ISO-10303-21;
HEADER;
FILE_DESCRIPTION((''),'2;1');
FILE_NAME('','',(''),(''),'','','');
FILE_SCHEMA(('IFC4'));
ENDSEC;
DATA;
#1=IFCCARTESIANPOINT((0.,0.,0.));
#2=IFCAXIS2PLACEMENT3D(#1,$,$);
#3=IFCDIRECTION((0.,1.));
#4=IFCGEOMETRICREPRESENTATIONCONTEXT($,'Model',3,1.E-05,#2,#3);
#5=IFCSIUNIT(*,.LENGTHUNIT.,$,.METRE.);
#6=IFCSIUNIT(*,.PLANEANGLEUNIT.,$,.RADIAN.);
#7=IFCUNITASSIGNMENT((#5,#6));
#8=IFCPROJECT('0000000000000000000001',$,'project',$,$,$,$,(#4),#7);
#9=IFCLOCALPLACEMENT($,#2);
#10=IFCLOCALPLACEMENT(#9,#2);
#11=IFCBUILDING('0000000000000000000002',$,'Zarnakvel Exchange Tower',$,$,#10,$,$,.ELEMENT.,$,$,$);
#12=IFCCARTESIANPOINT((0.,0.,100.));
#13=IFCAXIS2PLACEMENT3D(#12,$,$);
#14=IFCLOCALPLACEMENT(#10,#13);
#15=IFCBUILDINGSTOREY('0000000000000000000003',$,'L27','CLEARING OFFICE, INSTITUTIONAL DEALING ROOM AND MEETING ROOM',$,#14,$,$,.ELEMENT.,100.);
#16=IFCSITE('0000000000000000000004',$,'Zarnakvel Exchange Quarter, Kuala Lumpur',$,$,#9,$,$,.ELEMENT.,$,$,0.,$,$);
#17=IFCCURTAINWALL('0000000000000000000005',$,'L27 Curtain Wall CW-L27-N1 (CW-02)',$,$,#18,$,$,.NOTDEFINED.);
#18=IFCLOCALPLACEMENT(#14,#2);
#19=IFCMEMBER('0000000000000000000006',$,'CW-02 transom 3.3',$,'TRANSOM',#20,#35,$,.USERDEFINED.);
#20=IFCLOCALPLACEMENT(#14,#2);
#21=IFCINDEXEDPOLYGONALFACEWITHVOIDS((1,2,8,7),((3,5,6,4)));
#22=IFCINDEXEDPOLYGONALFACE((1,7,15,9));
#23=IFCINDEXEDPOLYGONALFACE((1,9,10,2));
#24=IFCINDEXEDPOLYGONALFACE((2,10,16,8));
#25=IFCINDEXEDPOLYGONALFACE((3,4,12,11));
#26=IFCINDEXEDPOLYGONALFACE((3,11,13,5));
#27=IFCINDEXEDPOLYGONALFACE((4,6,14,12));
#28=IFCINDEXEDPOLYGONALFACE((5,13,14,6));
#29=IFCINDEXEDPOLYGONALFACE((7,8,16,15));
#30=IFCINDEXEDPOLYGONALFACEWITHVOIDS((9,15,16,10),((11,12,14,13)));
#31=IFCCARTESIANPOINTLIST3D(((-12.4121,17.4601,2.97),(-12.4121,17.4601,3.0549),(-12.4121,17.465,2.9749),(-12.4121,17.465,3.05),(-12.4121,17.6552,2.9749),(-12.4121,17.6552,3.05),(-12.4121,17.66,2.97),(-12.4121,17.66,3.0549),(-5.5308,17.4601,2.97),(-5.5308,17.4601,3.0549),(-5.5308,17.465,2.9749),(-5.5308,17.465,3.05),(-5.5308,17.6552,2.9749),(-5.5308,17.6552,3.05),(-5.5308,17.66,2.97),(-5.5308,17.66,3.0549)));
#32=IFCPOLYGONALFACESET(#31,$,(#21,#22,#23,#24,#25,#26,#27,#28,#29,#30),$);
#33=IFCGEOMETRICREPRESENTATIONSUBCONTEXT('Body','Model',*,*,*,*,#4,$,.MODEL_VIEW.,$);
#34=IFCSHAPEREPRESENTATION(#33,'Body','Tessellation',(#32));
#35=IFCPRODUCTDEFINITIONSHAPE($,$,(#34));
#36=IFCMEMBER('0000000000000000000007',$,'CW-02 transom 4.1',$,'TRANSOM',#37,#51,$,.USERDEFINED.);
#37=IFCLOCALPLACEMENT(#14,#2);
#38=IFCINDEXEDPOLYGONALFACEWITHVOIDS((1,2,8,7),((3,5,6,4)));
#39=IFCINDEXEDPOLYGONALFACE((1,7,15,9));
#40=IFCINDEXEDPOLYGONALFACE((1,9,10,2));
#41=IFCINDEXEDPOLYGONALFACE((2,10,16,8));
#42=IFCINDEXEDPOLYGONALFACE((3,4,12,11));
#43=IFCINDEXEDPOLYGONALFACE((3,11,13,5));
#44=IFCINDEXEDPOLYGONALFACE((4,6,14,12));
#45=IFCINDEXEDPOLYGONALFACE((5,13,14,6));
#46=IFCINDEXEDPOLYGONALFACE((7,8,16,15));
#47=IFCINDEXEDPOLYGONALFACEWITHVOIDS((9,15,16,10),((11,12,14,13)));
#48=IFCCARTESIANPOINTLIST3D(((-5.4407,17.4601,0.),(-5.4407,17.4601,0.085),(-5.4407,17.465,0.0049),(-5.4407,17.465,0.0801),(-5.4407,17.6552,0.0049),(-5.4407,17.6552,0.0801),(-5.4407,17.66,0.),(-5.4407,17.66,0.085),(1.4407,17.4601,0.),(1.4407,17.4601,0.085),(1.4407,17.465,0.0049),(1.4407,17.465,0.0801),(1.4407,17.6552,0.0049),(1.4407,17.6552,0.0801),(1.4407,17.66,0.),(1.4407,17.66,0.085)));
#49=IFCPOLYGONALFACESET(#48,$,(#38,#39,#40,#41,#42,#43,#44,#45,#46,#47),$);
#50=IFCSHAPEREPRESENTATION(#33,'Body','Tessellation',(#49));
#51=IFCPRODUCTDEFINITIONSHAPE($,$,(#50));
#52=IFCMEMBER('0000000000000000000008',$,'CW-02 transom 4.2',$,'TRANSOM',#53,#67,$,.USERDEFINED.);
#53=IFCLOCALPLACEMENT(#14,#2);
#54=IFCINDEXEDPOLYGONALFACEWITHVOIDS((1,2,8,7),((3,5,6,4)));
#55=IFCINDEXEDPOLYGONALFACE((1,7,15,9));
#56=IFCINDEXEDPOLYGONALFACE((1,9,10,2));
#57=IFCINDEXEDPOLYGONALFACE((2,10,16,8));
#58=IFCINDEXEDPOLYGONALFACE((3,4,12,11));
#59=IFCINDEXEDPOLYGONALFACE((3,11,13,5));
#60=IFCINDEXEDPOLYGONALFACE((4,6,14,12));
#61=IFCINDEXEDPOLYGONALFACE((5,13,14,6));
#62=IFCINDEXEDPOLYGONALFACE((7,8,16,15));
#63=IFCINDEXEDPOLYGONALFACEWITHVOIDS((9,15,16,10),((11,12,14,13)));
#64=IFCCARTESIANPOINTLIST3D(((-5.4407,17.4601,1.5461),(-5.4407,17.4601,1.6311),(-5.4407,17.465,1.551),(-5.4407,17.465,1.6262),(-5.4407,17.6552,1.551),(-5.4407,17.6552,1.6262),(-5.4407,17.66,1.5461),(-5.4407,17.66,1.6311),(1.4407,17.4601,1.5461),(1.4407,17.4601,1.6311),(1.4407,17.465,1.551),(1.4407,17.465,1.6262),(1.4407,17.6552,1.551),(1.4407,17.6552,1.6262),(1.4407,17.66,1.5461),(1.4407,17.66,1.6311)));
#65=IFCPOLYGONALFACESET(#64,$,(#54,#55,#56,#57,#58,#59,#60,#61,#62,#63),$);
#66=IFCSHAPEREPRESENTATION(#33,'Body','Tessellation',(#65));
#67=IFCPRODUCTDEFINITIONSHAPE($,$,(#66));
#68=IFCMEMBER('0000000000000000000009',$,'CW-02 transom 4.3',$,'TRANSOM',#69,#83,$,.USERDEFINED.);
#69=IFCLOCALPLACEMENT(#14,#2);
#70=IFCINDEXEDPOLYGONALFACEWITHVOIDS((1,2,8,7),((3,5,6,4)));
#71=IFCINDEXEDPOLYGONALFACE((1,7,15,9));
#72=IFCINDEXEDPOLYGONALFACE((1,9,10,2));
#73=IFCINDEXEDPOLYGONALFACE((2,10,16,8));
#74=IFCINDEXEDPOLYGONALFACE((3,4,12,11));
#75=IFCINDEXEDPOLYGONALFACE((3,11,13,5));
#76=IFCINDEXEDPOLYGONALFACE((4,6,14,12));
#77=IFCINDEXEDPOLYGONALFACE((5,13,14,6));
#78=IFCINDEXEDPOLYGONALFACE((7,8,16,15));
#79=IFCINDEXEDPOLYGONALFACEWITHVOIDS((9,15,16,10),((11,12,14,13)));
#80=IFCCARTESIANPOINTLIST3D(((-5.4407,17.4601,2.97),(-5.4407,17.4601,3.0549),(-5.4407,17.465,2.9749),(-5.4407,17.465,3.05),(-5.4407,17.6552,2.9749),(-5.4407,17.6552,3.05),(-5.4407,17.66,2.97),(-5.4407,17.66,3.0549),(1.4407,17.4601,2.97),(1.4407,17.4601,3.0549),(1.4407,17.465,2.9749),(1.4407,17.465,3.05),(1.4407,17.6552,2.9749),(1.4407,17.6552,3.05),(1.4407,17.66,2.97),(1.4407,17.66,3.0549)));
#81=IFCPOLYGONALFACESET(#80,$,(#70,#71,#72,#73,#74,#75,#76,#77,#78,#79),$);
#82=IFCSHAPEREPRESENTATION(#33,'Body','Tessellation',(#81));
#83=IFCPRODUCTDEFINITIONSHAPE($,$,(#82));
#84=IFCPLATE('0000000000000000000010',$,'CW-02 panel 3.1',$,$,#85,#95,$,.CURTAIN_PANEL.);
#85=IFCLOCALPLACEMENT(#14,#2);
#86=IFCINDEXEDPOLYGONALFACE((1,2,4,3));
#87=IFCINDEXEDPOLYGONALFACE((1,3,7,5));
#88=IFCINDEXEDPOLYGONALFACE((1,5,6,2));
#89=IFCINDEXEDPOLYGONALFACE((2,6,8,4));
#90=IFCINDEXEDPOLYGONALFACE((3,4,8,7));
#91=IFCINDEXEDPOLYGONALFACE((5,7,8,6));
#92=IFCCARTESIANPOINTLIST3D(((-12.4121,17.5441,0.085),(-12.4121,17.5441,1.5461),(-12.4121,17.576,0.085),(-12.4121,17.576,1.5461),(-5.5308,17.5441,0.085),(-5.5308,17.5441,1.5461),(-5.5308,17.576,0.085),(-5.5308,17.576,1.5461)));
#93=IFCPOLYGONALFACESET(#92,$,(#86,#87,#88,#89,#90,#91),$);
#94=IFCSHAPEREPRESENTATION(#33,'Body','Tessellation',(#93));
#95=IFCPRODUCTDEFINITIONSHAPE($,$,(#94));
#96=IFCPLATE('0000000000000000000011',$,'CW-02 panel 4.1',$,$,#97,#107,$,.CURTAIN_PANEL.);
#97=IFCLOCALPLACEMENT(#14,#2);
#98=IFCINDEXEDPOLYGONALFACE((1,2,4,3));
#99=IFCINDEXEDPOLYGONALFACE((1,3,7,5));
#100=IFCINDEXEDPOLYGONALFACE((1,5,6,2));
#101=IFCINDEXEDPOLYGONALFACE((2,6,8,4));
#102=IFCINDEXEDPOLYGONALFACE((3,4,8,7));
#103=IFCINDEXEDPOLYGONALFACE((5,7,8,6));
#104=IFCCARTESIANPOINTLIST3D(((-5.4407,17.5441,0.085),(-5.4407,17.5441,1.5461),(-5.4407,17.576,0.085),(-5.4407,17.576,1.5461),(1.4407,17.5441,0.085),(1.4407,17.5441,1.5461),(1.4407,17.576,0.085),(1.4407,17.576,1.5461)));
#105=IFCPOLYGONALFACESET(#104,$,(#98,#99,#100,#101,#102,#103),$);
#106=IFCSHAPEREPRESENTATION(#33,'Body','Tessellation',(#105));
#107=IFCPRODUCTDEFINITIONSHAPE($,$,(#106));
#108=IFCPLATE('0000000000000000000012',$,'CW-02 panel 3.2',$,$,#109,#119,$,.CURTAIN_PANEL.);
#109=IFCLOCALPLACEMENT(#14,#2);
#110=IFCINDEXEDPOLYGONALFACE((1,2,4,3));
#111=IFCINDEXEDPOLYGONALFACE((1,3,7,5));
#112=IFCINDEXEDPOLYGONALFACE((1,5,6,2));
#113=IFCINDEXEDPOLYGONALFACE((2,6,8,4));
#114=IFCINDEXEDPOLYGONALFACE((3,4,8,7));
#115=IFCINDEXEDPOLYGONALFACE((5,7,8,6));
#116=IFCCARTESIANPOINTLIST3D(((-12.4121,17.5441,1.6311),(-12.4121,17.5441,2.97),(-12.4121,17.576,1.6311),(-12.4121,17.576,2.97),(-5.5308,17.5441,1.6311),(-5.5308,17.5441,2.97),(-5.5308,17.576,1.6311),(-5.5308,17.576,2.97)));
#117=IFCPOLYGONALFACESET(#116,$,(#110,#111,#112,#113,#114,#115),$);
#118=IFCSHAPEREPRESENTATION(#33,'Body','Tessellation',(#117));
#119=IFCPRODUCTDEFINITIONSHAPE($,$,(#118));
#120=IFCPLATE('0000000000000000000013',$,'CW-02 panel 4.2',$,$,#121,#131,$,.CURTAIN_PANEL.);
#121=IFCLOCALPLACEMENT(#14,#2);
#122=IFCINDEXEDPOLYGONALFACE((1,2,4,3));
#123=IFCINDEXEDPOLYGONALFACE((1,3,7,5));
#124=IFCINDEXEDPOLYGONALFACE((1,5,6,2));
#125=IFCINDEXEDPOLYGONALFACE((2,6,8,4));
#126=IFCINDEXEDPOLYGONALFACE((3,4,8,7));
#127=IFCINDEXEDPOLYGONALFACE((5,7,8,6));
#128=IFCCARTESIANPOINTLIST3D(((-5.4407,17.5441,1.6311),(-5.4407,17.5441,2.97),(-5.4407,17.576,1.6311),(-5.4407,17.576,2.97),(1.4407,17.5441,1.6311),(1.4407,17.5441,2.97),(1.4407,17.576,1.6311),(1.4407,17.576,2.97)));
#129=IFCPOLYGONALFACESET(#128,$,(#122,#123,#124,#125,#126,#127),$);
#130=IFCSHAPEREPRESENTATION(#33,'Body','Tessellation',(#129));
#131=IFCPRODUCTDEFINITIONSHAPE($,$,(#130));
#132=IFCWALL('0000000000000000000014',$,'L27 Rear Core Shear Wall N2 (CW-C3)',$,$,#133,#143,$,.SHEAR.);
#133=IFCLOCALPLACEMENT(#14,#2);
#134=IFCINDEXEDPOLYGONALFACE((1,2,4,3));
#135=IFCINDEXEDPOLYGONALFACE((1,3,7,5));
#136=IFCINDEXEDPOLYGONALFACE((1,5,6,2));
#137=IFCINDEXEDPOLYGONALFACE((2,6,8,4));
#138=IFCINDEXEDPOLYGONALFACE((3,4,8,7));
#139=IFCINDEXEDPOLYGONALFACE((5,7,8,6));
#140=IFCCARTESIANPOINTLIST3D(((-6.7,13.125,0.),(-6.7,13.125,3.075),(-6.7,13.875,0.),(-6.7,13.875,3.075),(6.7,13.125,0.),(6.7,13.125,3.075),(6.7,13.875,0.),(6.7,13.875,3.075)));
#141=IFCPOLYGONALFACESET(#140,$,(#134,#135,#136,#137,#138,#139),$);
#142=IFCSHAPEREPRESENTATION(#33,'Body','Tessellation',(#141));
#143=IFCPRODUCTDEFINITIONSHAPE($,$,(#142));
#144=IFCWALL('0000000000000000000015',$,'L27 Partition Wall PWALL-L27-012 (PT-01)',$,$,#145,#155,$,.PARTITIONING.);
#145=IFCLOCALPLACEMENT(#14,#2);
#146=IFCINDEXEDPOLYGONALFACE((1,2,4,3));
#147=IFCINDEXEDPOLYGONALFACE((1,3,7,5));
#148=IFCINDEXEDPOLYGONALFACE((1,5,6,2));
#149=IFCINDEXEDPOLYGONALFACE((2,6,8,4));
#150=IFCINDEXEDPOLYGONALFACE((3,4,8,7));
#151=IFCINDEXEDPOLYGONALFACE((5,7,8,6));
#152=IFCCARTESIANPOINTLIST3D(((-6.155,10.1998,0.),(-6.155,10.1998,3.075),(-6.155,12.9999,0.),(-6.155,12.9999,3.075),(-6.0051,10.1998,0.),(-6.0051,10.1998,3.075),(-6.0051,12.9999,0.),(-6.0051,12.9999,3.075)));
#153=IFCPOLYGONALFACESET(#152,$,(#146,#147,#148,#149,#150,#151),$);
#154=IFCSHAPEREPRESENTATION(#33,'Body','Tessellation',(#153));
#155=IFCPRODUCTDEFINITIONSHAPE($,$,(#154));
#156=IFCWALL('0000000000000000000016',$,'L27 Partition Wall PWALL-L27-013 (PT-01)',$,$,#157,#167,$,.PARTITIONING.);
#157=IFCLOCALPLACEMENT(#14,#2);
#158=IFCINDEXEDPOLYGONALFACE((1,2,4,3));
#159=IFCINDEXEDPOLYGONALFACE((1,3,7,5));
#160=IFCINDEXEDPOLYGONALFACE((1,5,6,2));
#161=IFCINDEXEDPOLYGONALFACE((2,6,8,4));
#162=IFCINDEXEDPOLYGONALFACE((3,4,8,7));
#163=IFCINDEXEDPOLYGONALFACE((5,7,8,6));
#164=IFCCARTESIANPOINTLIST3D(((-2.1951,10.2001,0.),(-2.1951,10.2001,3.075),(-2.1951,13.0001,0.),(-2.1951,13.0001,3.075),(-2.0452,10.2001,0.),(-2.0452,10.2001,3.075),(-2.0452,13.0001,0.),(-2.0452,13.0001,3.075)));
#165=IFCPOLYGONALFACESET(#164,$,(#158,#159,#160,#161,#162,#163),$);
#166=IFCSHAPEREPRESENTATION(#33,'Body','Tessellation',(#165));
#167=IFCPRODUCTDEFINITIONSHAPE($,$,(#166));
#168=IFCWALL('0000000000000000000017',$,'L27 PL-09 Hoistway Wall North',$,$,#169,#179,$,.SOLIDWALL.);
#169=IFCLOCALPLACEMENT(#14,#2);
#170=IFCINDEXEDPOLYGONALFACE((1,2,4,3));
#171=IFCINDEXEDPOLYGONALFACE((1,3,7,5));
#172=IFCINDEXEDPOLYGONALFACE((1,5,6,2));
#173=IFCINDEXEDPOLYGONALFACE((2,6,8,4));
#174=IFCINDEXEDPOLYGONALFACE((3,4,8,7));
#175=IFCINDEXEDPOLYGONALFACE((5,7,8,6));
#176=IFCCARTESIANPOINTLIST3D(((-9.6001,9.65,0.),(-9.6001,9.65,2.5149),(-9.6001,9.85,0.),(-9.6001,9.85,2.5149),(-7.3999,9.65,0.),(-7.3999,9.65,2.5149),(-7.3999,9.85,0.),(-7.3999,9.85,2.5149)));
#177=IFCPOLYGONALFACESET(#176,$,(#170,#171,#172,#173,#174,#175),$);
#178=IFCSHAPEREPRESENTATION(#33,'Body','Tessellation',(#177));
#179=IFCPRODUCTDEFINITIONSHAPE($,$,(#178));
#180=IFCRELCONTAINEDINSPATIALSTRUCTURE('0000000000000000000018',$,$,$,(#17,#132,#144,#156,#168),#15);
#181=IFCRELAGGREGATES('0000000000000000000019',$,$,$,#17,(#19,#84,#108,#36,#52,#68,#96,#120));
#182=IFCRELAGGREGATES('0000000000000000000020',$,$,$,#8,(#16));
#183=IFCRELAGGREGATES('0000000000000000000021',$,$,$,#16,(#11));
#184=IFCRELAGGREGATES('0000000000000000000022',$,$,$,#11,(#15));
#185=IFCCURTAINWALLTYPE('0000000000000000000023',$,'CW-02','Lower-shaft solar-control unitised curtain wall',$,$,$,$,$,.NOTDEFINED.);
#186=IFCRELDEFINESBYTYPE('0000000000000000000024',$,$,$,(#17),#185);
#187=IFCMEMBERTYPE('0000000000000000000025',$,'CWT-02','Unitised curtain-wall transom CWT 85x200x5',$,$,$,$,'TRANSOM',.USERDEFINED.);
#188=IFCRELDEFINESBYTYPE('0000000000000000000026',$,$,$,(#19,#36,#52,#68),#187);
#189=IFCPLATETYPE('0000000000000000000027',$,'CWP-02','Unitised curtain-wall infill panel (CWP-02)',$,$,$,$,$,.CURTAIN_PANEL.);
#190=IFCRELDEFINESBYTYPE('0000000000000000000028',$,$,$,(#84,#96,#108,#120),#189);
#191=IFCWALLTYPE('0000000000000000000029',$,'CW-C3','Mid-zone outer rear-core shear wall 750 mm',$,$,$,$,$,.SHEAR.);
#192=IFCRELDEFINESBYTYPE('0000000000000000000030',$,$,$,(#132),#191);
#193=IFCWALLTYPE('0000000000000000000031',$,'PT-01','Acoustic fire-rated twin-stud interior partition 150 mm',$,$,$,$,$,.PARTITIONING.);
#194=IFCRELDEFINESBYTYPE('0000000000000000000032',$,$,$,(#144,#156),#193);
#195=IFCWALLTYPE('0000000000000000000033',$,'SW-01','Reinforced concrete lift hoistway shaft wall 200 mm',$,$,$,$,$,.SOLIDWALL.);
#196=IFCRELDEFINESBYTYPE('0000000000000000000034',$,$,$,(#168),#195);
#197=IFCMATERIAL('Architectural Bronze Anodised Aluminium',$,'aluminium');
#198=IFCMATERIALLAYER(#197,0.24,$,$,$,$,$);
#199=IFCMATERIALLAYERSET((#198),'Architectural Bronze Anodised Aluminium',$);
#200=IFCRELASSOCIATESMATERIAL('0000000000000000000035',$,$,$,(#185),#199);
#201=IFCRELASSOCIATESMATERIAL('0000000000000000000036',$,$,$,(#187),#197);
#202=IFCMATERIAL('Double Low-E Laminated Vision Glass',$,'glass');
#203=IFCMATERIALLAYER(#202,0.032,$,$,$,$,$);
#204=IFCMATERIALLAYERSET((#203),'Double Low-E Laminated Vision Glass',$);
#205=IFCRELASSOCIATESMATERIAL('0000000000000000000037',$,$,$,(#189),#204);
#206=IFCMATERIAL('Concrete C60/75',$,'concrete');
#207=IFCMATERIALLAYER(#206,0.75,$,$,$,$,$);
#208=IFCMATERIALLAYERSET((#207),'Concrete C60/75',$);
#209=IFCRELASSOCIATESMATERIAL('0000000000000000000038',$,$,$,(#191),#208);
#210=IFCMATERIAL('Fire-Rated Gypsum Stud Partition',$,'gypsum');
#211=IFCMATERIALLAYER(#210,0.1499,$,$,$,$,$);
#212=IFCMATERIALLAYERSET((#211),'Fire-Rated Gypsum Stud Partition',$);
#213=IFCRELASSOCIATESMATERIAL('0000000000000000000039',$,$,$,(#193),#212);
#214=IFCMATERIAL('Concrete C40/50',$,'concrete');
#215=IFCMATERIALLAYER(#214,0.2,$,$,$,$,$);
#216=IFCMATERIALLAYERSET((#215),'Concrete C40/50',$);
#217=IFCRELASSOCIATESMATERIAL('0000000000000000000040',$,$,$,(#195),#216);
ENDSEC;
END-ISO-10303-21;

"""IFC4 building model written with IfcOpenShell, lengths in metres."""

from ifc_helpers import new_model, si_unit, direction, frame, frame_2d, origin, origin_2d, place, context, subcontext, project, spatial, rectangle, hollow_rectangle, extrude, source, transform, mapped, material, layer, layer_set, material_profile, profile_set, type_object, element, aggregate, save


model = new_model("IFC4")

# Units and contexts
model_context = context("Model", 3, precision=1e-05, world=origin(), true_north=direction((0.0, 1.0)))
body_context = subcontext(model_context, "Body", "Model", "MODEL_VIEW")
ifc_project = project(units=[si_unit("LENGTHUNIT", "METRE"), si_unit("PLANEANGLEUNIT", "RADIAN")], contexts=[model_context])

# Site, building, storey
site_placement = place(None, origin())
site = spatial("IfcSite", under=ifc_project, at=site_placement, Name="Zarnakvel Exchange Quarter, Kuala Lumpur", CompositionType="ELEMENT", RefElevation=0.0)
building_placement = place(site_placement, origin())
building = spatial("IfcBuilding", under=site, at=building_placement, Name="Zarnakvel Exchange Tower", CompositionType="ELEMENT")
storey_placement = place(building_placement, frame((0.0, 0.0, 100.0)))
storey = spatial("IfcBuildingStorey", under=building, at=storey_placement, Name="L27", Description="CLEARING OFFICE, INSTITUTIONAL DEALING ROOM AND MEETING ROOM", CompositionType="ELEMENT", Elevation=100.0)

# Shared definitions
ifc_material_1 = material(Name="Concrete C60/75", Category="concrete")

# Curtain wall, members, plates
ifc_material_2 = material(Name="Architectural Bronze Anodised Aluminium", Category="aluminium")
ifc_layer_1 = layer(ifc_material_2, 0.24)
ifc_layer_set_1 = layer_set([ifc_layer_1], Name="Architectural Bronze Anodised Aluminium")
curtain_wall_type = type_object("IfcCurtainWallType", Name="CW-02", Description="Lower-shaft solar-control unitised curtain wall", PredefinedType="NOTDEFINED", material=ifc_layer_set_1)
curtain_wall_placement = place(storey_placement, origin())
curtain_wall = element("IfcCurtainWall", 1, at=curtain_wall_placement, inside=storey, type_object=curtain_wall_type, Name="L27 Curtain Wall CW-L27-N1 (CW-02)", PredefinedType="NOTDEFINED")
ifc_material_profile_1 = material_profile(ifc_material_2, hollow_rectangle(XDim=0.2, YDim=0.085, WallThickness=0.0049, at=origin_2d()))
ifc_profile_set_1 = profile_set([ifc_material_profile_1], Name="Architectural Bronze Anodised Aluminium")
member_type_1 = type_object("IfcMemberType", Name="CWT-02", Description="Unitised curtain-wall transom CWT 85x200x5", ElementType="TRANSOM", PredefinedType="USERDEFINED", material=ifc_profile_set_1)
shared_shape_1 = source(origin(), body_context, "Body", "SweptSolid", [
    extrude(hollow_rectangle(XDim=0.2, YDim=0.085, WallThickness=0.0049, at=origin_2d()), origin(), (0.0, 0.0, 1.0), 6.8813),
])
member_1_placement = place(storey_placement, frame((-12.4121, 17.5601, 3.0125), z_axis=(1.0, 0.0, 0.0), x_axis=(0.0, 1.0, 0.0)))
member_1 = element("IfcMember", 2, at=member_1_placement, type_object=member_type_1, Name="CW-02 transom 3.3", ObjectType="TRANSOM", PredefinedType="USERDEFINED", context=body_context, shape_type="MappedRepresentation", body=[
    mapped(shared_shape_1, transform((0.0, 0.0, 0.0), x_axis=(1.0, 0.0, 0.0), y_axis=(0.0, 1.0, 0.0), z_axis=(0.0, 0.0, 1.0), scale=1.0)),
])
member_2_placement = place(storey_placement, frame((-5.4407, 17.5601, 0.0425), z_axis=(1.0, 0.0, 0.0), x_axis=(0.0, 1.0, 0.0)))
member_2 = element("IfcMember", 3, at=member_2_placement, type_object=member_type_1, Name="CW-02 transom 4.1", ObjectType="TRANSOM", PredefinedType="USERDEFINED", context=body_context, shape_type="MappedRepresentation", body=[
    mapped(shared_shape_1, transform((0.0, 0.0, 0.0), x_axis=(1.0, 0.0, 0.0), y_axis=(0.0, 1.0, 0.0), z_axis=(0.0, 0.0, 1.0), scale=1.0)),
])
member_3_placement = place(storey_placement, frame((-5.4407, 17.5601, 1.5886), z_axis=(1.0, 0.0, 0.0), x_axis=(0.0, 1.0, 0.0)))
member_3 = element("IfcMember", 4, at=member_3_placement, type_object=member_type_1, Name="CW-02 transom 4.2", ObjectType="TRANSOM", PredefinedType="USERDEFINED", context=body_context, shape_type="MappedRepresentation", body=[
    mapped(shared_shape_1, transform((0.0, 0.0, 0.0), x_axis=(1.0, 0.0, 0.0), y_axis=(0.0, 1.0, 0.0), z_axis=(0.0, 0.0, 1.0), scale=1.0)),
])
member_4_placement = place(storey_placement, frame((-5.4407, 17.5601, 3.0125), z_axis=(1.0, 0.0, 0.0), x_axis=(0.0, 1.0, 0.0)))
member_4 = element("IfcMember", 5, at=member_4_placement, type_object=member_type_1, Name="CW-02 transom 4.3", ObjectType="TRANSOM", PredefinedType="USERDEFINED", context=body_context, shape_type="MappedRepresentation", body=[
    mapped(shared_shape_1, transform((0.0, 0.0, 0.0), x_axis=(1.0, 0.0, 0.0), y_axis=(0.0, 1.0, 0.0), z_axis=(0.0, 0.0, 1.0), scale=1.0)),
])
ifc_material_3 = material(Name="Double Low-E Laminated Vision Glass", Category="glass")
ifc_layer_2 = layer(ifc_material_3, 0.032)
ifc_layer_set_2 = layer_set([ifc_layer_2], Name="Double Low-E Laminated Vision Glass")
plate_type = type_object("IfcPlateType", Name="CWP-02", Description="Unitised curtain-wall infill panel (CWP-02)", PredefinedType="CURTAIN_PANEL", material=ifc_layer_set_2)
shared_shape_2 = source(origin(), body_context, "Body", "SweptSolid", [
    extrude(rectangle(XDim=6.8813, YDim=0.032, at=origin_2d()), origin(), (0.0, 0.0, 1.0), 1.4612),
])
plate_1_placement = place(storey_placement, frame((-8.9714, 17.5601, 0.085), z_axis=(0.0, 0.0, 1.0), x_axis=(1.0, 0.0, 0.0)))
plate_1 = element("IfcPlate", 6, at=plate_1_placement, type_object=plate_type, Name="CW-02 panel 3.1", PredefinedType="CURTAIN_PANEL", context=body_context, shape_type="MappedRepresentation", body=[
    mapped(shared_shape_2, transform((0.0, 0.0, 0.0), x_axis=(1.0, 0.0, 0.0), y_axis=(0.0, 1.0, 0.0), z_axis=(0.0, 0.0, 1.0), scale=1.0)),
])
plate_2_placement = place(storey_placement, frame((-2.0, 17.5601, 0.085), z_axis=(0.0, 0.0, 1.0), x_axis=(1.0, 0.0, 0.0)))
plate_2 = element("IfcPlate", 7, at=plate_2_placement, type_object=plate_type, Name="CW-02 panel 4.1", PredefinedType="CURTAIN_PANEL", context=body_context, shape_type="MappedRepresentation", body=[
    mapped(shared_shape_2, transform((0.0, 0.0, 0.0), x_axis=(1.0, 0.0, 0.0), y_axis=(0.0, 1.0, 0.0), z_axis=(0.0, 0.0, 1.0), scale=1.0)),
])
shared_shape_3 = source(origin(), body_context, "Body", "SweptSolid", [
    extrude(rectangle(XDim=6.8813, YDim=0.032, at=origin_2d()), origin(), (0.0, 0.0, 1.0), 1.3389),
])
plate_3_placement = place(storey_placement, frame((-8.9714, 17.5601, 1.6311), z_axis=(0.0, 0.0, 1.0), x_axis=(1.0, 0.0, 0.0)))
plate_3 = element("IfcPlate", 8, at=plate_3_placement, type_object=plate_type, Name="CW-02 panel 3.2", PredefinedType="CURTAIN_PANEL", context=body_context, shape_type="MappedRepresentation", body=[
    mapped(shared_shape_3, transform((0.0, 0.0, 0.0), x_axis=(1.0, 0.0, 0.0), y_axis=(0.0, 1.0, 0.0), z_axis=(0.0, 0.0, 1.0), scale=1.0)),
])
plate_4_placement = place(storey_placement, frame((-2.0, 17.5601, 1.6311), z_axis=(0.0, 0.0, 1.0), x_axis=(1.0, 0.0, 0.0)))
plate_4 = element("IfcPlate", 9, at=plate_4_placement, type_object=plate_type, Name="CW-02 panel 4.2", PredefinedType="CURTAIN_PANEL", context=body_context, shape_type="MappedRepresentation", body=[
    mapped(shared_shape_3, transform((0.0, 0.0, 0.0), x_axis=(1.0, 0.0, 0.0), y_axis=(0.0, 1.0, 0.0), z_axis=(0.0, 0.0, 1.0), scale=1.0)),
])
aggregate(curtain_wall, [member_1, plate_1, plate_3, member_2, member_3, member_4, plate_2, plate_4])

# Wall
ifc_layer_3 = layer(ifc_material_1, 0.75)
ifc_layer_set_3 = layer_set([ifc_layer_3], Name="Concrete C60/75")
wall_type_1 = type_object("IfcWallType", Name="CW-C3", Description="Mid-zone outer rear-core shear wall 750 mm", PredefinedType="SHEAR", material=ifc_layer_set_3)
wall_1_placement = place(storey_placement, frame((-6.7, 13.5, 0.0), z_axis=(0.0, 0.0, 1.0), x_axis=(1.0, 0.0, 0.0)))
element("IfcWall", 10, at=wall_1_placement, inside=storey, type_object=wall_type_1, Name="L27 Rear Core Shear Wall N2 (CW-C3)", PredefinedType="SHEAR", context=body_context, shape_type="SweptSolid", body=[
    extrude(rectangle(XDim=13.3999, YDim=0.75, at=frame_2d((6.7, 0.0))), origin(), (0.0, 0.0, 1.0), 3.075),
])

# Shared definitions
ifc_material_4 = material(Name="Fire-Rated Gypsum Stud Partition", Category="gypsum")
ifc_layer_4 = layer(ifc_material_4, 0.1499)
ifc_layer_set_4 = layer_set([ifc_layer_4], Name="Fire-Rated Gypsum Stud Partition")
wall_type_2 = type_object("IfcWallType", Name="PT-01", Description="Acoustic fire-rated twin-stud interior partition 150 mm", PredefinedType="PARTITIONING", material=ifc_layer_set_4)

# Walls
for number, where, z_axis, x_axis, name in (
    (11, (-6.0801, 10.2, 0.0), (0.0, 0.0, 1.0), (0.0, 1.0, 0.0), "L27 Partition Wall PWALL-L27-012 (PT-01)"),
    (12, (-2.1201, 13.0, 0.0), (0.0, 0.0, 1.0), (0.0, -1.0, 0.0), "L27 Partition Wall PWALL-L27-013 (PT-01)"),
):
    element("IfcWall", number, at=place(storey_placement, frame(where, z_axis=z_axis, x_axis=x_axis)), inside=storey, type_object=wall_type_2, Name=name, PredefinedType="PARTITIONING", context=body_context, shape_type="SweptSolid", body=[
        extrude(rectangle(XDim=2.8, YDim=0.1499, at=frame_2d((1.3999, 0.0))), origin(), (0.0, 0.0, 1.0), 3.075),
    ])
ifc_material_5 = material(Name="Concrete C40/50", Category="concrete")
ifc_layer_5 = layer(ifc_material_5, 0.2)
ifc_layer_set_5 = layer_set([ifc_layer_5], Name="Concrete C40/50")
wall_type_3 = type_object("IfcWallType", Name="SW-01", Description="Reinforced concrete lift hoistway shaft wall 200 mm", PredefinedType="SOLIDWALL", material=ifc_layer_set_5)
wall_2_placement = place(storey_placement, frame((-9.6001, 9.75, 0.0), z_axis=(0.0, 0.0, 1.0), x_axis=(1.0, 0.0, 0.0)))
element("IfcWall", 13, at=wall_2_placement, inside=storey, type_object=wall_type_3, Name="L27 PL-09 Hoistway Wall North", PredefinedType="SOLIDWALL", context=body_context, shape_type="SweptSolid", body=[
    extrude(rectangle(XDim=2.2002, YDim=0.2, at=frame_2d((1.1001, 0.0))), origin(), (0.0, 0.0, 1.0), 2.5149),
])

save(model, "model.ifc")
